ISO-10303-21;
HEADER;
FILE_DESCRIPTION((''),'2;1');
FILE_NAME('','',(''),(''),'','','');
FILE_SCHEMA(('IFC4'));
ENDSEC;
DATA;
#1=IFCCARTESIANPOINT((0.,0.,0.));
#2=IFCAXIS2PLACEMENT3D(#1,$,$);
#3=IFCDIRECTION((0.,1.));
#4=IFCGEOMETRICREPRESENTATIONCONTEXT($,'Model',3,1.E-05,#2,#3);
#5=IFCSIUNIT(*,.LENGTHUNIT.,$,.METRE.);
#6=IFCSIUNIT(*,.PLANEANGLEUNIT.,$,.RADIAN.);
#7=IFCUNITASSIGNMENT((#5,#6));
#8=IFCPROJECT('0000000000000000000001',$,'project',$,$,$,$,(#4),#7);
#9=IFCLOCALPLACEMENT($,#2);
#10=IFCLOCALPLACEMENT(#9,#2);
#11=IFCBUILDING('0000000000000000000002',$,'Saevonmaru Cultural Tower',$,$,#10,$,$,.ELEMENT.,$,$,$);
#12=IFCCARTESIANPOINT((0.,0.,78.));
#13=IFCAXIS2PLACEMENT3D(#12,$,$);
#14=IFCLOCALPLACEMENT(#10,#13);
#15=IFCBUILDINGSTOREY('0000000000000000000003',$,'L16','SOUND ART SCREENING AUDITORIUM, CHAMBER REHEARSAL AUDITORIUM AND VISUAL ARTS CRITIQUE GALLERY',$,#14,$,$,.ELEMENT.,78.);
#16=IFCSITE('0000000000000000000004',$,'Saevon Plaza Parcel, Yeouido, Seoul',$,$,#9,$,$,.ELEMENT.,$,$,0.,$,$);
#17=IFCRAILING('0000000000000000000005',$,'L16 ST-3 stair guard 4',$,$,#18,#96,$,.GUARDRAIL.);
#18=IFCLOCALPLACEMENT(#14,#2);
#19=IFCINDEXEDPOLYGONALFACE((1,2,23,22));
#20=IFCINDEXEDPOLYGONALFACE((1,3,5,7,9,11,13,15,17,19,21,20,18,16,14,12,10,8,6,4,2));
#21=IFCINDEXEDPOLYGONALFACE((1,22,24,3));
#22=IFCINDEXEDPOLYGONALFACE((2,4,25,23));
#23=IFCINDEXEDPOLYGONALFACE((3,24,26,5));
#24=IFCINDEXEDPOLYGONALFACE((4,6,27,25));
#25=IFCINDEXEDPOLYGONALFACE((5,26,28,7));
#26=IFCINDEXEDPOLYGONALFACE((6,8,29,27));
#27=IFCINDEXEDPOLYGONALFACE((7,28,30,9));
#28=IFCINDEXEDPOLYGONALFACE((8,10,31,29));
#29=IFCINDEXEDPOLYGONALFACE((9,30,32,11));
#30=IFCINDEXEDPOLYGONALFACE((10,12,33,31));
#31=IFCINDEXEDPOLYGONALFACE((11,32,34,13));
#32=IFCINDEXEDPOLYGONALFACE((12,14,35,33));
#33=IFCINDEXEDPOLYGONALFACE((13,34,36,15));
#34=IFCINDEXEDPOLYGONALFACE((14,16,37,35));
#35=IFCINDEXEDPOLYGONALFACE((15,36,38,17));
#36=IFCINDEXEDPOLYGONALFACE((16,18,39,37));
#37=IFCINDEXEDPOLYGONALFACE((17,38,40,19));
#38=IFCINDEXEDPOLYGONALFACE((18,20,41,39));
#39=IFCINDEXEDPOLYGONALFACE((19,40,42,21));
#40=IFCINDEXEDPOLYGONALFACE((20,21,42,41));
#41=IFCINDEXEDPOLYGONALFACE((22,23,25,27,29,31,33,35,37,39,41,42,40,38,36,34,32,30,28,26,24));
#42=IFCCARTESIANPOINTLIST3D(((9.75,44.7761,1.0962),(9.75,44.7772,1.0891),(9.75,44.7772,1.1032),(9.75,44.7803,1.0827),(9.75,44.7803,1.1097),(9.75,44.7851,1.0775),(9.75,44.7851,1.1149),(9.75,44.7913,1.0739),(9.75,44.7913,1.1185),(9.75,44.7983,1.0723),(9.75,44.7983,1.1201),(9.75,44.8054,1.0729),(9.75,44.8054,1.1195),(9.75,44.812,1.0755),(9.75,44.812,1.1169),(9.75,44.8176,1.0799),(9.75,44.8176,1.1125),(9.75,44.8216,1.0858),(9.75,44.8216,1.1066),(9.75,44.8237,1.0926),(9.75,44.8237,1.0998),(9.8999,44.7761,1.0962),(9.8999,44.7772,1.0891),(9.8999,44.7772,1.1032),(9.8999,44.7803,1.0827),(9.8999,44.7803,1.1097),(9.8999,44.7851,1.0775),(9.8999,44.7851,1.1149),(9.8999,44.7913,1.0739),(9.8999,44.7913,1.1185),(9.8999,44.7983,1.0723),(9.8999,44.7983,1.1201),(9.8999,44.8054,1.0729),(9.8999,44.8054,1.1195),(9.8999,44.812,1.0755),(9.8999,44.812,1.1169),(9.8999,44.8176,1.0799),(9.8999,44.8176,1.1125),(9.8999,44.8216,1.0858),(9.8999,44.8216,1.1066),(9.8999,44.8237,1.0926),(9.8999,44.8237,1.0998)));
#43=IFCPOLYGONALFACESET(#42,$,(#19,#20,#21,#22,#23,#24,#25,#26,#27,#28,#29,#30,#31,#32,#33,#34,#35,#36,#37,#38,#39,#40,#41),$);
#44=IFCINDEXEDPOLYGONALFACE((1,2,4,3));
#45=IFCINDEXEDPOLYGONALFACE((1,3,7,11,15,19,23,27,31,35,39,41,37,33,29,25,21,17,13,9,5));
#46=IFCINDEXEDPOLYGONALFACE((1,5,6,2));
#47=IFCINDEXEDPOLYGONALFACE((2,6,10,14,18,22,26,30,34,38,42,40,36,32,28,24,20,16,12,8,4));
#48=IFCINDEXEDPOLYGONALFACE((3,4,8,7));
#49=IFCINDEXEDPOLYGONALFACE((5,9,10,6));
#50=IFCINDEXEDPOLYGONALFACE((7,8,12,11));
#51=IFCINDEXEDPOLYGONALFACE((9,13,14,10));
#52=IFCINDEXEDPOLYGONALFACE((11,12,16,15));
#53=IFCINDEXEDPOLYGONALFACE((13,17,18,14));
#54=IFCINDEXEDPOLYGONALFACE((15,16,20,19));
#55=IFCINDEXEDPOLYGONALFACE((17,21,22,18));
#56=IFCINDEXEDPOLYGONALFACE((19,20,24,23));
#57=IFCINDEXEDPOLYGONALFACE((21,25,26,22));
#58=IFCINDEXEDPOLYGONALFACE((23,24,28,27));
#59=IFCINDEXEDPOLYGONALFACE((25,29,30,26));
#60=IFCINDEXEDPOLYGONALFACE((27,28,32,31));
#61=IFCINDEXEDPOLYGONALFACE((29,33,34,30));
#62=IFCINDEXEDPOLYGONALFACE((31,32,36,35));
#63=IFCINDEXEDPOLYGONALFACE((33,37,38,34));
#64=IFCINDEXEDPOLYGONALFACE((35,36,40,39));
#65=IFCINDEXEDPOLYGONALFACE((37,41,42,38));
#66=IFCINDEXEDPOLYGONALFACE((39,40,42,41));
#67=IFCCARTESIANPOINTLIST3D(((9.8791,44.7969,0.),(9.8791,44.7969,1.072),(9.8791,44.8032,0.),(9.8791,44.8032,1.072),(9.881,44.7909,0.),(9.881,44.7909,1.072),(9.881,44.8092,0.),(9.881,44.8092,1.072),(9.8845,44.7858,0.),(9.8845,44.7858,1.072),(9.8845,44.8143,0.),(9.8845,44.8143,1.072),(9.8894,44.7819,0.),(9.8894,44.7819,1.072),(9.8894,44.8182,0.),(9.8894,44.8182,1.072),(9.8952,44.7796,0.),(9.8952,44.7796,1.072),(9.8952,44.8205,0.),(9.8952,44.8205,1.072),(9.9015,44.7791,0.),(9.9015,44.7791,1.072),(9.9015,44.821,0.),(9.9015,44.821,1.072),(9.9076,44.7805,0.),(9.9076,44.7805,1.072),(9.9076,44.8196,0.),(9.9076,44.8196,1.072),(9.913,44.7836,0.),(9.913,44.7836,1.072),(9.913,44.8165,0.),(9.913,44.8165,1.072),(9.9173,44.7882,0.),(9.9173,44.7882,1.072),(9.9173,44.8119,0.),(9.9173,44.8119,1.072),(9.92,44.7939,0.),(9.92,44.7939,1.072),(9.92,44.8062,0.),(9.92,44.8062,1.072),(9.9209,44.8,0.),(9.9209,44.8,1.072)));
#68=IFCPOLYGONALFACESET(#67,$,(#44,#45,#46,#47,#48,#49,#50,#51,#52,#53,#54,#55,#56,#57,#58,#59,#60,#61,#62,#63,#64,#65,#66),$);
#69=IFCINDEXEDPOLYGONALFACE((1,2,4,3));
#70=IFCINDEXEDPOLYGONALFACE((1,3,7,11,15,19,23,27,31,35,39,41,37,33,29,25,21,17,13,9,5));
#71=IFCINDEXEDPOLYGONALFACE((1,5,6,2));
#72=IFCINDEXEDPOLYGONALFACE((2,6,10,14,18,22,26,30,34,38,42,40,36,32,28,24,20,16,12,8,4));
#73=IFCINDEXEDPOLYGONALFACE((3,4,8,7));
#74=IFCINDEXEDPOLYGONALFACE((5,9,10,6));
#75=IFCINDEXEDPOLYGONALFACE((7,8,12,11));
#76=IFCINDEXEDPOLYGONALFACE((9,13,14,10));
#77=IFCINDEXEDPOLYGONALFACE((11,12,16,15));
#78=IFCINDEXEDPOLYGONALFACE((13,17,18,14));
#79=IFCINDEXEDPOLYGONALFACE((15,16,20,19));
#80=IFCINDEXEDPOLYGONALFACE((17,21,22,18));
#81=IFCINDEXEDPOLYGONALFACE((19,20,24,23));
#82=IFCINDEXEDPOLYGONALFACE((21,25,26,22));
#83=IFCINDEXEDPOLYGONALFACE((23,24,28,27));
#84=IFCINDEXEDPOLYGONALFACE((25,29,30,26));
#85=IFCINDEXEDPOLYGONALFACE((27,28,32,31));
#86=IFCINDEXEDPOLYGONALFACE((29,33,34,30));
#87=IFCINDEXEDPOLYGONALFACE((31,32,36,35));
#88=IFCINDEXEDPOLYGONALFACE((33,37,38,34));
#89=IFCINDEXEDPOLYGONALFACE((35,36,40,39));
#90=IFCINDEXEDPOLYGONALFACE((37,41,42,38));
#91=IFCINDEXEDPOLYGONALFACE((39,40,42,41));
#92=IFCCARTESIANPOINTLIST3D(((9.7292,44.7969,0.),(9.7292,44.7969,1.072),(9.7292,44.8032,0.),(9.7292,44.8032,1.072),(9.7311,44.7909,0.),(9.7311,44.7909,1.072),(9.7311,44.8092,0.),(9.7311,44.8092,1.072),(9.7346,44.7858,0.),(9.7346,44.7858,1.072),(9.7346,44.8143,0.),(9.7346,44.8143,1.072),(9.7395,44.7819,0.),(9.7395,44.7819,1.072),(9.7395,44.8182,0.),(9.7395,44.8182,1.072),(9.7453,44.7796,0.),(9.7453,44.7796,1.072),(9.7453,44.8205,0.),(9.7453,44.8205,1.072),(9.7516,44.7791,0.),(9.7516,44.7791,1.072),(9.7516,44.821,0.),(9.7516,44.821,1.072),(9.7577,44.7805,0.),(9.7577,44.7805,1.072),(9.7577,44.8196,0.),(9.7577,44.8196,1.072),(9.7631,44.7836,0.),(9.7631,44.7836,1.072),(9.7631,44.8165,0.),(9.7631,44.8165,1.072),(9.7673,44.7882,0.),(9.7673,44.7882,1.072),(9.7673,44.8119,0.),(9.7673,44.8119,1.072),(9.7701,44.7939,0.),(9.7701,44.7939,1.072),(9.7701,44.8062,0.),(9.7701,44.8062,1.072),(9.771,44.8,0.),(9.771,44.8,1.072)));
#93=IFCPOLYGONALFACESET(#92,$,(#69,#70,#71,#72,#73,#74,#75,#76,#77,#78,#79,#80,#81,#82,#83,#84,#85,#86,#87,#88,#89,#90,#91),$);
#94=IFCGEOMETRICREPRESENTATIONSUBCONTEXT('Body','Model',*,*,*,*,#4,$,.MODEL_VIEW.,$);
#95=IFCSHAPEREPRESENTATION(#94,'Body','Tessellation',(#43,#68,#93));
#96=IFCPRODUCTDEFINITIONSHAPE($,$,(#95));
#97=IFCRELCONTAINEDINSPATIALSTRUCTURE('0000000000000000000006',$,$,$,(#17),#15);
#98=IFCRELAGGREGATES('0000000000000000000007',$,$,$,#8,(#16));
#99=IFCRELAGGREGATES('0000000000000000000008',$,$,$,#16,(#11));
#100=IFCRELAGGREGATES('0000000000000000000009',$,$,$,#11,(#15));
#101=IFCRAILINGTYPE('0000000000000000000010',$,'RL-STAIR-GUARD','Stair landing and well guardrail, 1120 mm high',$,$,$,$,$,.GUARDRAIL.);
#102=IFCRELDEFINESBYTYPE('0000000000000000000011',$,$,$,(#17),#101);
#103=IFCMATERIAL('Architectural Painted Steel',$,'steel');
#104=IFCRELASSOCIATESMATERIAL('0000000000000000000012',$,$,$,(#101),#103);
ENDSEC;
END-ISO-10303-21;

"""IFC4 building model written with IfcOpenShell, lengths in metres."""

from ifc_helpers import new_model, si_unit, direction, frame, origin, origin_2d, place, context, subcontext, project, spatial, circle, extrude, material, type_object, element, save


model = new_model("IFC4")

# Units and contexts
model_context = context("Model", 3, precision=1e-05, world=origin(), true_north=direction((0.0, 1.0)))
body_context = subcontext(model_context, "Body", "Model", "MODEL_VIEW")
ifc_project = project(units=[si_unit("LENGTHUNIT", "METRE"), si_unit("PLANEANGLEUNIT", "RADIAN")], contexts=[model_context])

# Site, building, storey
site_placement = place(None, origin())
site = spatial("IfcSite", under=ifc_project, at=site_placement, Name="Saevon Plaza Parcel, Yeouido, Seoul", CompositionType="ELEMENT", RefElevation=0.0)
building_placement = place(site_placement, origin())
building = spatial("IfcBuilding", under=site, at=building_placement, Name="Saevonmaru Cultural Tower", CompositionType="ELEMENT")
storey_placement = place(building_placement, frame((0.0, 0.0, 78.0)))
storey = spatial("IfcBuildingStorey", under=building, at=storey_placement, Name="L16", Description="SOUND ART SCREENING AUDITORIUM, CHAMBER REHEARSAL AUDITORIUM AND VISUAL ARTS CRITIQUE GALLERY", CompositionType="ELEMENT", Elevation=78.0)

# Railing
ifc_material_1 = material(Name="Architectural Painted Steel", Category="steel")
railing_type_1 = type_object("IfcRailingType", Name="RL-STAIR-GUARD", Description="Stair landing and well guardrail, 1120 mm high", PredefinedType="GUARDRAIL", material=ifc_material_1)
railing_1_placement = place(storey_placement, frame((9.8999, 44.8, 0.0)))
element("IfcRailing", 1, at=railing_1_placement, inside=storey, type_object=railing_type_1, Name="L16 ST-3 stair guard 4", PredefinedType="GUARDRAIL", context=body_context, shape_type="SweptSolid", body=[
    extrude(circle(Radius=0.0239, at=origin_2d()), frame((0.0, 0.0, 1.0962), z_axis=(-1.0, 0.0, 0.0), x_axis=(0.0, -1.0, 0.0)), (0.0, 0.0, 1.0), 0.1499),
    extrude(circle(Radius=0.021, at=origin_2d()), origin(), (0.0, 0.0, 1.0), 1.072),
    extrude(circle(Radius=0.021, at=origin_2d()), frame((-0.1499, 0.0, 0.0)), (0.0, 0.0, 1.0), 1.072),
])

save(model, "model.ifc")
